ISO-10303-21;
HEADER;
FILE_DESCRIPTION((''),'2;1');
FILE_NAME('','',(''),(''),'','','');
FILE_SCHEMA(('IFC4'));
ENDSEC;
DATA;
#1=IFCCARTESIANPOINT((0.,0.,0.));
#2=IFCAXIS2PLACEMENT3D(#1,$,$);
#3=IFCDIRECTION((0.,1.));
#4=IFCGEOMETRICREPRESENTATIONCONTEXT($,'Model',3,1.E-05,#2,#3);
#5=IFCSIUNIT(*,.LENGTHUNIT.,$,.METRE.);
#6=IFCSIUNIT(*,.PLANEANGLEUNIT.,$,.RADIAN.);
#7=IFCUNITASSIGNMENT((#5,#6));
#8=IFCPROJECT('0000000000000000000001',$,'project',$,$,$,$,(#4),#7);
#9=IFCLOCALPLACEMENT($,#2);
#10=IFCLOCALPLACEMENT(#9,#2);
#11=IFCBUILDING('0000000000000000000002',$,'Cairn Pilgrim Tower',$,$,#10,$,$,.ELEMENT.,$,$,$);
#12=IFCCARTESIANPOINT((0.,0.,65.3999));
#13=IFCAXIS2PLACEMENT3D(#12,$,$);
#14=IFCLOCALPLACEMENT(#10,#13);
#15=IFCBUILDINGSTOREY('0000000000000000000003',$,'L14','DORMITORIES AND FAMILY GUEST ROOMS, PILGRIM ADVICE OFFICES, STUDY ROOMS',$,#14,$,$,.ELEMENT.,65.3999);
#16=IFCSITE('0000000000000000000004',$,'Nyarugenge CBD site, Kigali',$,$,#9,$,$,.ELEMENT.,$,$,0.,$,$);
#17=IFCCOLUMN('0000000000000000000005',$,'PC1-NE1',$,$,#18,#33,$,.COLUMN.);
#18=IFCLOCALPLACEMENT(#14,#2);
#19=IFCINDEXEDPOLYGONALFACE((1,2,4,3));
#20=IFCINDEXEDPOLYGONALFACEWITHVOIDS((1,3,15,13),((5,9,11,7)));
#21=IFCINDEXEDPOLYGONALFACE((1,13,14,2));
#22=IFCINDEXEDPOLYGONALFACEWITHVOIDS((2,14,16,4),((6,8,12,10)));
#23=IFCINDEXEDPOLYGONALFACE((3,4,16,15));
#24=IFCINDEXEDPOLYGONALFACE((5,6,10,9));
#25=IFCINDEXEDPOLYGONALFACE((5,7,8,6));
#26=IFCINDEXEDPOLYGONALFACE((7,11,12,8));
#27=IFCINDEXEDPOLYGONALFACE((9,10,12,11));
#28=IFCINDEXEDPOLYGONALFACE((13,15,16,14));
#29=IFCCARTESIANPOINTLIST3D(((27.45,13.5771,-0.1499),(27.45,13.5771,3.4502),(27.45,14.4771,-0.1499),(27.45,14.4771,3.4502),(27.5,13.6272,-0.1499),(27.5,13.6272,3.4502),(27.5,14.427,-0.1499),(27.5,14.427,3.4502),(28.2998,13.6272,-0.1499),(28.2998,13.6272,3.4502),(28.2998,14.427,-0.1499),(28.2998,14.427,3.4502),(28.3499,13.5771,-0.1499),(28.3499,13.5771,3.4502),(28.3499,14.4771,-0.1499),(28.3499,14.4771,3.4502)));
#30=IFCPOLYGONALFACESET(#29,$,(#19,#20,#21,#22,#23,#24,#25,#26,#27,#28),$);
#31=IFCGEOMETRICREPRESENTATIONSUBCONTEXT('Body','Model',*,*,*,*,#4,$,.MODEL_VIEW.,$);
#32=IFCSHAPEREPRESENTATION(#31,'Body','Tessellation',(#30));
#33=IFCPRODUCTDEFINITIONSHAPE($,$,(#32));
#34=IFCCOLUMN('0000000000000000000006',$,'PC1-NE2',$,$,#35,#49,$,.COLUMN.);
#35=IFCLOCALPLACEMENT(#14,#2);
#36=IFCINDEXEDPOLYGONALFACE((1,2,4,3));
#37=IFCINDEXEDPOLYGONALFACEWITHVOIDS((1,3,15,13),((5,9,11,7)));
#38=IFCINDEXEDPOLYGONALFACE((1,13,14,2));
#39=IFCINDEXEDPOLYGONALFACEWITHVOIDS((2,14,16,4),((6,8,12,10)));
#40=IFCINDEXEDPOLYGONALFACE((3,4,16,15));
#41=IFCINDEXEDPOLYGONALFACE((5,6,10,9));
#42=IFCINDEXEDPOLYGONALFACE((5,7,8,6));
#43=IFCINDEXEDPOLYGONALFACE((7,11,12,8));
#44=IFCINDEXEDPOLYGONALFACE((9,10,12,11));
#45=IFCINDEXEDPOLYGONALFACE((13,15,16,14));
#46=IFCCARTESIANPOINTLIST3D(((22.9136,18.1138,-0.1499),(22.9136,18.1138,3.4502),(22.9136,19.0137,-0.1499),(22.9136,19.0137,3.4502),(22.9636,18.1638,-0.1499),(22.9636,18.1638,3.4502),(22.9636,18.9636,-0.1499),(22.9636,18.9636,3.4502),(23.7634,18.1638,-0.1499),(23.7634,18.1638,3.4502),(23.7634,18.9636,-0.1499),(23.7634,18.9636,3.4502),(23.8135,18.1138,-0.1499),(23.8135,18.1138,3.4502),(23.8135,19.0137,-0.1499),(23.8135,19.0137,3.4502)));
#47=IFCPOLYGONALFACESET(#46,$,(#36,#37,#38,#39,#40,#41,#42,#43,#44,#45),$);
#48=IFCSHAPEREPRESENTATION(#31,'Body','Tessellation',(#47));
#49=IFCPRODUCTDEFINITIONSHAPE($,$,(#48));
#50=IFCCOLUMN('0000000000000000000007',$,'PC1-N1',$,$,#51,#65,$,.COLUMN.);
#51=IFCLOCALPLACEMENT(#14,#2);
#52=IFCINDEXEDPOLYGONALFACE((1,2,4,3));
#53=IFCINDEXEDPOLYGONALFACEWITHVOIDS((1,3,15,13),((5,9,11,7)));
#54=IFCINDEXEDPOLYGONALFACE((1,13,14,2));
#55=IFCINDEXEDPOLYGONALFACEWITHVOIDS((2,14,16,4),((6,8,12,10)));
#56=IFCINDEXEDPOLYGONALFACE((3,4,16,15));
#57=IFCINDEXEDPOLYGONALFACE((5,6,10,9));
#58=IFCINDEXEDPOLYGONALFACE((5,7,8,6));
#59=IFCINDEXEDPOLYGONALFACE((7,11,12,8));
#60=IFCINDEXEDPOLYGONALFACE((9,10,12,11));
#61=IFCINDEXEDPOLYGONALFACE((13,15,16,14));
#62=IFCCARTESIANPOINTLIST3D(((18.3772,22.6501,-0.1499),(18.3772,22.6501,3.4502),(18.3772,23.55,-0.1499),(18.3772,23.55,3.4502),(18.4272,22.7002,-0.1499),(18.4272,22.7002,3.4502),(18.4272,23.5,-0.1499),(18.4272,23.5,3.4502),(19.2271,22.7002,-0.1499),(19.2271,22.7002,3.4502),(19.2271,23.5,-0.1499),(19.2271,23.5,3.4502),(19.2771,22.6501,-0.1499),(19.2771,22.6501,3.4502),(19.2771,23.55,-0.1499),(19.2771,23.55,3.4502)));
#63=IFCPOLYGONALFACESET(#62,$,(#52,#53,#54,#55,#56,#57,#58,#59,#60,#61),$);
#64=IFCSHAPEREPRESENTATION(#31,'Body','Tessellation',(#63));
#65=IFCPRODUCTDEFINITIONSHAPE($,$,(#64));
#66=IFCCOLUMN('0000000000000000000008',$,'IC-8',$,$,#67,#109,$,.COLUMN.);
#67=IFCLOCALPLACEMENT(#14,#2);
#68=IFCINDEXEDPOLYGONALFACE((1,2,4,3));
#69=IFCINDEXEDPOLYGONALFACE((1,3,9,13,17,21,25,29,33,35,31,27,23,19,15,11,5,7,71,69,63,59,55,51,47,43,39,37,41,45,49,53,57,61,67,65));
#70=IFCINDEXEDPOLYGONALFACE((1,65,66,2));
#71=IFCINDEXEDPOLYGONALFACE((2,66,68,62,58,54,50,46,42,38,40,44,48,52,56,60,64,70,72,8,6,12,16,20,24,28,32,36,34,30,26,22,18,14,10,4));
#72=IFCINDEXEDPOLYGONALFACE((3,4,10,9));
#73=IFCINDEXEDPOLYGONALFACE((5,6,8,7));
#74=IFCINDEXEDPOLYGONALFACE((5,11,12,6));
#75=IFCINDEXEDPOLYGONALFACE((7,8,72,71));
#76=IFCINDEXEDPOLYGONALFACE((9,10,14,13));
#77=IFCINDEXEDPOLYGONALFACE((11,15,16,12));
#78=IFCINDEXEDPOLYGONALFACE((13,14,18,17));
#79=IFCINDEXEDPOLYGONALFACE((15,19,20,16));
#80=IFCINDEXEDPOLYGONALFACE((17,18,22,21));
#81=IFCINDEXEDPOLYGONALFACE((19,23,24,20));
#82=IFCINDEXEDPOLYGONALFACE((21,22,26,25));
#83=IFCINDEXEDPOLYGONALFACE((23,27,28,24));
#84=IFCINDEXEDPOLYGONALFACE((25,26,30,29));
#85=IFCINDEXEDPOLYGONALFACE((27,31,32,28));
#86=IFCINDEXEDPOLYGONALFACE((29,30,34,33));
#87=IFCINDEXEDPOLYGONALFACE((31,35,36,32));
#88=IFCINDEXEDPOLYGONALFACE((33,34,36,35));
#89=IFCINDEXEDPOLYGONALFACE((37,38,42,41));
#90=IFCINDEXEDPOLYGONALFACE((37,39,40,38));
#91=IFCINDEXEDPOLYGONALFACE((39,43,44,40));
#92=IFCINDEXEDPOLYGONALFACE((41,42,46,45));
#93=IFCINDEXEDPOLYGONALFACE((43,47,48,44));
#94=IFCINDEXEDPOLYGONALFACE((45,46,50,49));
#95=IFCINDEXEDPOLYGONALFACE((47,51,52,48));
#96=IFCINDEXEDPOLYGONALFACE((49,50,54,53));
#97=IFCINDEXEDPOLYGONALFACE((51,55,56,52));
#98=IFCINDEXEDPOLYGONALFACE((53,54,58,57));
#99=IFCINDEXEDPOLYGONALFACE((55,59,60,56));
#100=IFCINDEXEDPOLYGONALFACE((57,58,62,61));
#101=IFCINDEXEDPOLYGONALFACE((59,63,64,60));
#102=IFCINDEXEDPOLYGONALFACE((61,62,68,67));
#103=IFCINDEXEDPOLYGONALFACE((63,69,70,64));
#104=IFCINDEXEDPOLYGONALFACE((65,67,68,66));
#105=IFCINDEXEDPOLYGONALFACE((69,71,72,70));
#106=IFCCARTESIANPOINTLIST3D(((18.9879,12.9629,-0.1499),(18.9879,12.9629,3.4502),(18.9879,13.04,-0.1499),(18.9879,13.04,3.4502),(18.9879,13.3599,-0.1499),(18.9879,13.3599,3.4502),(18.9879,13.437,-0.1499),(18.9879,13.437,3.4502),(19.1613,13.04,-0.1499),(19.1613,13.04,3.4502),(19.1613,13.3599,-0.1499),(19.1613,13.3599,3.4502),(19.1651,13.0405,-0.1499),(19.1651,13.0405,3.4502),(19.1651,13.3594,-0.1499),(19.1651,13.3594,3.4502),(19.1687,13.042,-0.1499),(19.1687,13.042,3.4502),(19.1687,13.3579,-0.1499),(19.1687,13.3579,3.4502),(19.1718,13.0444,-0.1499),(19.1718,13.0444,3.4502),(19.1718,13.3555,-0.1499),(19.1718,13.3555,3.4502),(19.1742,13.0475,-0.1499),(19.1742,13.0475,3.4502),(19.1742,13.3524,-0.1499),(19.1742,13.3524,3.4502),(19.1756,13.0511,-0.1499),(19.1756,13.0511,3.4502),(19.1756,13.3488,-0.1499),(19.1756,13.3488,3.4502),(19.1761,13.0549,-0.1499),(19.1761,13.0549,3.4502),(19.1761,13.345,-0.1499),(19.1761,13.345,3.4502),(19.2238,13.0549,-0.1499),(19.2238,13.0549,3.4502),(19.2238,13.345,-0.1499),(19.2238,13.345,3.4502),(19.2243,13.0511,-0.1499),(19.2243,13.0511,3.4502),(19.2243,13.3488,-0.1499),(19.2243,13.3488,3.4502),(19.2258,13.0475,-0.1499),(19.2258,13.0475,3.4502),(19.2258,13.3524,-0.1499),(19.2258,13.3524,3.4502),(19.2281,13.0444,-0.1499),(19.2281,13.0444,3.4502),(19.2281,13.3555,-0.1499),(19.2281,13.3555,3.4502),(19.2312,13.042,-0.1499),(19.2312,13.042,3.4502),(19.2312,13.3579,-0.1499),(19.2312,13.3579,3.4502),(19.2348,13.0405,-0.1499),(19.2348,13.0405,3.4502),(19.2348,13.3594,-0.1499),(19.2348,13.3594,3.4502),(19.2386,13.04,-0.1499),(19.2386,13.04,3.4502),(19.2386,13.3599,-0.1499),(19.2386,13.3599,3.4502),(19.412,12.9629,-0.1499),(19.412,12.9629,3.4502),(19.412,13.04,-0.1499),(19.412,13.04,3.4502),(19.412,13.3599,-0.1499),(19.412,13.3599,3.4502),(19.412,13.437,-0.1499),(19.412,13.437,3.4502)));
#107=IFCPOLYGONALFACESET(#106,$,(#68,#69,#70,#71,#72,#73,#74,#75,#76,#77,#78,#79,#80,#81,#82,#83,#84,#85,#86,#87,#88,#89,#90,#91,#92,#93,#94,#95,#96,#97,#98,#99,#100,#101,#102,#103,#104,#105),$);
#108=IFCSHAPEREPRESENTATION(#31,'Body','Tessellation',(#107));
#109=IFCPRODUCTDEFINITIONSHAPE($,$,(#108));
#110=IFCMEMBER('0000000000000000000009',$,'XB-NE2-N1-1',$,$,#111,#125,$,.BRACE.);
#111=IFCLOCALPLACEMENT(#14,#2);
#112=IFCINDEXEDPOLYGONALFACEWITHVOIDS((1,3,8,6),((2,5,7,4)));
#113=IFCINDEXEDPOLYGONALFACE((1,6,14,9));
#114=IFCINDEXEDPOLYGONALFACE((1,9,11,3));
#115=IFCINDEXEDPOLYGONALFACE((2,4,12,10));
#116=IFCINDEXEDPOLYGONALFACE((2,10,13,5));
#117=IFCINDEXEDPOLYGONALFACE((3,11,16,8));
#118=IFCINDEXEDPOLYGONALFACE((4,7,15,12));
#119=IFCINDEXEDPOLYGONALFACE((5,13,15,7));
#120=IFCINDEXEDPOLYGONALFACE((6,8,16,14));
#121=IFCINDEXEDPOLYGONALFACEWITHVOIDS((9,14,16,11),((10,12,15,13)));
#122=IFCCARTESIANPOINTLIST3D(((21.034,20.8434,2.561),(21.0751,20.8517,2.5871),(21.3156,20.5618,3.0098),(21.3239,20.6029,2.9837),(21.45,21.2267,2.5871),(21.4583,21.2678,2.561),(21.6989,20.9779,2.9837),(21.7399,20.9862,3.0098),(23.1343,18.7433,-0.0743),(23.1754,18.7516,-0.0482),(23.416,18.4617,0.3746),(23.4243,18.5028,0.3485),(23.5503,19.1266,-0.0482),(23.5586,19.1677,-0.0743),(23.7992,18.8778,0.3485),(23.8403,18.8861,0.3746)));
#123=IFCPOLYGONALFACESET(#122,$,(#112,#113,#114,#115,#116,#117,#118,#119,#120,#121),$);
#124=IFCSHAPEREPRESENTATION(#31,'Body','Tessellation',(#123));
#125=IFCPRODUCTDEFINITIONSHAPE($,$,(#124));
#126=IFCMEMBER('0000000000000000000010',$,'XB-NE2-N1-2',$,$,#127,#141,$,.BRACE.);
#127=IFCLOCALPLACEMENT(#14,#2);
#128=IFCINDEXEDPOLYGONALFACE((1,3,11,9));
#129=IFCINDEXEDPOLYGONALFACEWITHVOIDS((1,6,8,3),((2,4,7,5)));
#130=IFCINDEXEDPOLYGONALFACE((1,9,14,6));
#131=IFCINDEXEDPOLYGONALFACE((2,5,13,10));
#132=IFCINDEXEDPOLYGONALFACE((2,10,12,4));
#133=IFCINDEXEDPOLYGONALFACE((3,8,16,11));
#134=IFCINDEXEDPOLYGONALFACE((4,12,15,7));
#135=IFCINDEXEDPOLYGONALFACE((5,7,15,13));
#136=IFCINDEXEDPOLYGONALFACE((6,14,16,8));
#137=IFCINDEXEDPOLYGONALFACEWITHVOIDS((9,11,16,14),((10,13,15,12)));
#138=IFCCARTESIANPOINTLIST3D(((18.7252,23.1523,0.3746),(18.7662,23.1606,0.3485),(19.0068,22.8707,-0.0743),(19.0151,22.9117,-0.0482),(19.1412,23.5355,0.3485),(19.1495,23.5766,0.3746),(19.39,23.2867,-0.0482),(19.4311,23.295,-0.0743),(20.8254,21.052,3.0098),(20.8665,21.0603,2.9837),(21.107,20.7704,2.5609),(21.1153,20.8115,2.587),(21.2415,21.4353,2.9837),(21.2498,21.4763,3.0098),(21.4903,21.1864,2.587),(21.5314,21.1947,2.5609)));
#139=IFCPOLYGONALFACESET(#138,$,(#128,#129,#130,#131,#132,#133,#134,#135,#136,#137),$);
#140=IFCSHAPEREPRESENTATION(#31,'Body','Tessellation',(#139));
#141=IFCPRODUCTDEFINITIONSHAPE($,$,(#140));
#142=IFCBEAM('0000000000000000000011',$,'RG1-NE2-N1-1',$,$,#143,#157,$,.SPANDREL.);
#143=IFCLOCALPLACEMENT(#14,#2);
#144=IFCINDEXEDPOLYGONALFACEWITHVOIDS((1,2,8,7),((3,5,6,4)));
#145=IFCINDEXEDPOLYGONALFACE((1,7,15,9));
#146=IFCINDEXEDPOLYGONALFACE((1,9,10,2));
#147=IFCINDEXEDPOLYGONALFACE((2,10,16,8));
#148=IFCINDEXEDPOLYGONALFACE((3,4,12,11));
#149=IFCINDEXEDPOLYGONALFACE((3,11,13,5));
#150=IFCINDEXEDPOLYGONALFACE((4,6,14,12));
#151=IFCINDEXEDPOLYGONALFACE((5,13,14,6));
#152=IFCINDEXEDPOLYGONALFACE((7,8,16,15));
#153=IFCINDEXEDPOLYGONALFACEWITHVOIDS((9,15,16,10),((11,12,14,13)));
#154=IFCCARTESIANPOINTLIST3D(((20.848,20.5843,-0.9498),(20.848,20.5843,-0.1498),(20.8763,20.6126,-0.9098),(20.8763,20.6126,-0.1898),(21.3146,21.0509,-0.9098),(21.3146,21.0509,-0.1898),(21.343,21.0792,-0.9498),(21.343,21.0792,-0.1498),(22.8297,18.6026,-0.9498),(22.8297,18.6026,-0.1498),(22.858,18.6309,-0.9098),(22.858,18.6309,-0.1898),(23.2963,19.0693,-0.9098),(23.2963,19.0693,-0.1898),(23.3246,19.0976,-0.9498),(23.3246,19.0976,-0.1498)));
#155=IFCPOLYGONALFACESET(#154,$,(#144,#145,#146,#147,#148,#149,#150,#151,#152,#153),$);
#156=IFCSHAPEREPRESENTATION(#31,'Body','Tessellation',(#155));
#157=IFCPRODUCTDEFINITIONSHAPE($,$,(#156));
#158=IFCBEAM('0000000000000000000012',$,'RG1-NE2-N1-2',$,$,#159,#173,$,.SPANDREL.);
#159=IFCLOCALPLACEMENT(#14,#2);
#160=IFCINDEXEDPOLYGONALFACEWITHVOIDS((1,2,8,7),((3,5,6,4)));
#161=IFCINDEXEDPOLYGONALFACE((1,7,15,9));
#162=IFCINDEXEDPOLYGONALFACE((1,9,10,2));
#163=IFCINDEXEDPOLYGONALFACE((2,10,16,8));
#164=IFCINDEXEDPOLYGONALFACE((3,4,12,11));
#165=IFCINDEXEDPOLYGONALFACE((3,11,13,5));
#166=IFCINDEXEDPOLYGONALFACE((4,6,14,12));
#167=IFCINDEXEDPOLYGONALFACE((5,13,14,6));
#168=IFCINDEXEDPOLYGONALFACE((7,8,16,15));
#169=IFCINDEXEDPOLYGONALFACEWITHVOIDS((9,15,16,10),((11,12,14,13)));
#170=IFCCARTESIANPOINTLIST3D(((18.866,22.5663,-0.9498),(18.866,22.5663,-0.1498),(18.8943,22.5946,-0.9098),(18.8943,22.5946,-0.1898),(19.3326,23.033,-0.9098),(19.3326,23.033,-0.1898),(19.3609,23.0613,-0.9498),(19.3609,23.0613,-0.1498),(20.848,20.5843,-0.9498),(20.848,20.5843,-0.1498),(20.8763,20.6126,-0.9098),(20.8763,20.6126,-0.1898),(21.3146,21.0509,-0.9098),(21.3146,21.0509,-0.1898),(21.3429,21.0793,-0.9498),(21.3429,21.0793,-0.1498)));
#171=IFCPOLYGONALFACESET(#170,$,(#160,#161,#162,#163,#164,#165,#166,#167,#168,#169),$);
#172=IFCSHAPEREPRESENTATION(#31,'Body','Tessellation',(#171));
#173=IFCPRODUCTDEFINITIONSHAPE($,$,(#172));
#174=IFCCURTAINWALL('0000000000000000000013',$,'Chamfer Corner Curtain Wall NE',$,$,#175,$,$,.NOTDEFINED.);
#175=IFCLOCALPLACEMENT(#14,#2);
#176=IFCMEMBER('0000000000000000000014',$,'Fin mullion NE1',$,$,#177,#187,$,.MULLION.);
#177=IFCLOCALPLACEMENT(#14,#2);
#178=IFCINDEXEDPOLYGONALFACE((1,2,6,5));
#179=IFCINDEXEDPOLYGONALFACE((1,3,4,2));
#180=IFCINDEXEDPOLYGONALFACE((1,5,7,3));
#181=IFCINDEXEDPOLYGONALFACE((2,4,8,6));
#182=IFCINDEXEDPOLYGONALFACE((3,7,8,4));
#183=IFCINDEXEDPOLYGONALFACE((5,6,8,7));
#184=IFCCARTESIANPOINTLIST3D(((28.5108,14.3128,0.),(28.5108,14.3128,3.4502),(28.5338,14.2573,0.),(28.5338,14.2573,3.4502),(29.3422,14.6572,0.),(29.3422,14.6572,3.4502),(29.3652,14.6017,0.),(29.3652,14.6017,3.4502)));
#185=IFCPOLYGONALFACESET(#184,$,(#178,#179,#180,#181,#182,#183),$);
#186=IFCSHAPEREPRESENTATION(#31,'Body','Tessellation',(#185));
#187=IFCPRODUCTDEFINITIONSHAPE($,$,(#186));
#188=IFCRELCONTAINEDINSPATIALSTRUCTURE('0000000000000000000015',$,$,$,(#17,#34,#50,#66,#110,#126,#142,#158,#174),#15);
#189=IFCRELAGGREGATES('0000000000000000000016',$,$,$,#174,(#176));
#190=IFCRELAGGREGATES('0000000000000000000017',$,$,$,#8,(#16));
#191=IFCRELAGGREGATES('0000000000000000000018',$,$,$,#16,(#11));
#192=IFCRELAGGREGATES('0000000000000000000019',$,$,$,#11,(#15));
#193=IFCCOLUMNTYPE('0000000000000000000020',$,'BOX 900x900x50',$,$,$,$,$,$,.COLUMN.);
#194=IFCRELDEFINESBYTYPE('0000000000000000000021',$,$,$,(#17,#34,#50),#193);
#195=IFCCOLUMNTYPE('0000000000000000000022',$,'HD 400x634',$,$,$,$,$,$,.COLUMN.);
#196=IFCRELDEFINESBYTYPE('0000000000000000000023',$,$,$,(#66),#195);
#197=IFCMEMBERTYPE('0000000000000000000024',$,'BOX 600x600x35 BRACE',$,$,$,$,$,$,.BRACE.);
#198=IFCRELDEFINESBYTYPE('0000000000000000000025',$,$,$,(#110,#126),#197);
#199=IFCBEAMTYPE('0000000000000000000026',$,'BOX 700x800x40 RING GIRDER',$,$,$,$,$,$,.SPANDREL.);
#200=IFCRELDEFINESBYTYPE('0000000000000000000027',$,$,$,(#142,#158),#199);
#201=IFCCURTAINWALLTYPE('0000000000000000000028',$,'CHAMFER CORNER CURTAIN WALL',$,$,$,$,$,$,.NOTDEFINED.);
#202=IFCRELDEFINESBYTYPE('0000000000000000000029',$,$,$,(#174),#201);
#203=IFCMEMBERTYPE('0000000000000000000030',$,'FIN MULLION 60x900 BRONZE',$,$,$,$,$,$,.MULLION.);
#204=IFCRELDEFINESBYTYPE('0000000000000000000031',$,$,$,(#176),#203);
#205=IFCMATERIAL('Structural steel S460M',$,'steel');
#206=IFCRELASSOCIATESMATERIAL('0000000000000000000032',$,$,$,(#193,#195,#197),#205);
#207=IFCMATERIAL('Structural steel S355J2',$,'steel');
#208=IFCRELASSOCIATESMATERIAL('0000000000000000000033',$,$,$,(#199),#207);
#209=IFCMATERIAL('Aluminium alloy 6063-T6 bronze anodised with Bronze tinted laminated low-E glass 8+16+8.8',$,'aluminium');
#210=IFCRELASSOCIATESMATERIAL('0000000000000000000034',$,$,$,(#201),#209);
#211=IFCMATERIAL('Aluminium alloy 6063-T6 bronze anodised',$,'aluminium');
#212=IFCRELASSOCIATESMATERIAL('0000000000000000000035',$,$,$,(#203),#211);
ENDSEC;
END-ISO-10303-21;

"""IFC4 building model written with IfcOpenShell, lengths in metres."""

from ifc_helpers import new_model, si_unit, direction, frame, origin, origin_2d, place, context, subcontext, project, spatial, rectangle, hollow_rectangle, i_section, extrude, material, material_profile, profile_set, type_object, element, aggregate, save


model = new_model("IFC4")

# Units and contexts
model_context = context("Model", 3, precision=1e-05, world=origin(), true_north=direction((0.0, 1.0)))
body_context = subcontext(model_context, "Body", "Model", "MODEL_VIEW")
ifc_project = project(units=[si_unit("LENGTHUNIT", "METRE"), si_unit("PLANEANGLEUNIT", "RADIAN")], contexts=[model_context])

# Site, building, storey
site_placement = place(None, origin())
site = spatial("IfcSite", under=ifc_project, at=site_placement, Name="Nyarugenge CBD site, Kigali", CompositionType="ELEMENT", RefElevation=0.0)
building_placement = place(site_placement, origin())
building = spatial("IfcBuilding", under=site, at=building_placement, Name="Cairn Pilgrim Tower", CompositionType="ELEMENT")
storey_placement = place(building_placement, frame((0.0, 0.0, 65.3999)))
storey = spatial("IfcBuildingStorey", under=building, at=storey_placement, Name="L14", Description="DORMITORIES AND FAMILY GUEST ROOMS, PILGRIM ADVICE OFFICES, STUDY ROOMS", CompositionType="ELEMENT", Elevation=65.3999)

# Columns
ifc_material_1 = material(Name="Structural steel S460M", Category="steel")
ifc_material_profile_1 = material_profile(ifc_material_1, hollow_rectangle(XDim=0.8999, YDim=0.8999, WallThickness=0.05, at=origin_2d()), Name="BOX 900x900x50")
ifc_profile_set_1 = profile_set([ifc_material_profile_1], Name="Structural steel S460M")
column_type_1 = type_object("IfcColumnType", Name="BOX 900x900x50", PredefinedType="COLUMN", material=ifc_profile_set_1)
for number, where, z_axis, x_axis, name in (
    (1, (27.8999, 14.0271, -0.1499), (0.0, 0.0, 1.0), (1.0, 0.0, 0.0), "PC1-NE1"),
    (2, (23.3635, 18.5637, -0.1499), (0.0, 0.0, 1.0), (1.0, 0.0, 0.0), "PC1-NE2"),
    (3, (18.8271, 23.1001, -0.1499), (0.0, 0.0, 1.0), (1.0, 0.0, 0.0), "PC1-N1"),
):
    element("IfcColumn", number, at=place(storey_placement, frame(where, z_axis=z_axis, x_axis=x_axis)), inside=storey, type_object=column_type_1, Name=name, PredefinedType="COLUMN", context=body_context, shape_type="SweptSolid", body=[
        extrude(hollow_rectangle(XDim=0.8999, YDim=0.8999, WallThickness=0.05, at=origin_2d()), origin(), (0.0, 0.0, 1.0), 3.6001),
    ])
ifc_material_profile_2 = material_profile(ifc_material_1, i_section(OverallWidth=0.4241, OverallDepth=0.4741, WebThickness=0.0476, FlangeThickness=0.0771, FilletRadius=0.0149, at=origin_2d()), Name="HD 400x634")
ifc_profile_set_2 = profile_set([ifc_material_profile_2], Name="Structural steel S460M")
column_type_2 = type_object("IfcColumnType", Name="HD 400x634", PredefinedType="COLUMN", material=ifc_profile_set_2)
column_placement = place(storey_placement, frame((19.2, 13.2, -0.1499), z_axis=(0.0, 0.0, 1.0), x_axis=(1.0, 0.0, 0.0)))
element("IfcColumn", 4, at=column_placement, inside=storey, type_object=column_type_2, Name="IC-8", PredefinedType="COLUMN", context=body_context, shape_type="SweptSolid", body=[
    extrude(i_section(OverallWidth=0.4241, OverallDepth=0.4741, WebThickness=0.0476, FlangeThickness=0.0771, FilletRadius=0.0149, at=origin_2d()), origin(), (0.0, 0.0, 1.0), 3.6001),
])

# Members
ifc_material_profile_3 = material_profile(ifc_material_1, hollow_rectangle(XDim=0.6001, YDim=0.6001, WallThickness=0.0349, at=origin_2d()), Name="BOX 600x600x35")
ifc_profile_set_3 = profile_set([ifc_material_profile_3], Name="Structural steel S460M")
member_type_1 = type_object("IfcMemberType", Name="BOX 600x600x35 BRACE", PredefinedType="BRACE", material=ifc_profile_set_3)
for number, where, z_axis, x_axis, name in (
    (5, (23.4873, 18.8147, 0.1501), (-0.528961, 0.528899, 0.663676), (-0.707066, -0.707148, 0.0), "XB-NE2-N1-1"),
    (6, (19.0781, 23.2236, 0.1501), (0.528944, -0.528944, 0.663654), (0.707107, 0.707107, 0.0), "XB-NE2-N1-2"),
):
    element("IfcMember", number, at=place(storey_placement, frame(where, z_axis=z_axis, x_axis=x_axis)), inside=storey, type_object=member_type_1, Name=name, PredefinedType="BRACE", context=body_context, shape_type="SweptSolid", body=[
        extrude(hollow_rectangle(XDim=0.6001, YDim=0.6001, WallThickness=0.0349, at=origin_2d()), origin(), (0.0, 0.0, 1.0), 3.9707),
    ])

# Beams
ifc_material_2 = material(Name="Structural steel S355J2", Category="steel")
ifc_material_profile_4 = material_profile(ifc_material_2, hollow_rectangle(XDim=0.7, YDim=0.8, WallThickness=0.04, at=origin_2d()), Name="BOX 700x800x40")
ifc_profile_set_4 = profile_set([ifc_material_profile_4], Name="Structural steel S355J2")
beam_type_1 = type_object("IfcBeamType", Name="BOX 700x800x40 RING GIRDER", PredefinedType="SPANDREL", material=ifc_profile_set_4)
beam_1_placement = place(storey_placement, frame((23.0771, 18.8501, -0.5498), z_axis=(-0.707107, 0.707107, 0.0), x_axis=(-0.707107, -0.707107, 0.0)))
element("IfcBeam", 7, at=beam_1_placement, inside=storey, type_object=beam_type_1, Name="RG1-NE2-N1-1", PredefinedType="SPANDREL", context=body_context, shape_type="SweptSolid", body=[
    extrude(hollow_rectangle(XDim=0.7, YDim=0.8, WallThickness=0.04, at=origin_2d()), origin(), (0.0, 0.0, 1.0), 2.8025),
])
beam_2_placement = place(storey_placement, frame((21.0955, 20.8318, -0.5498), z_axis=(-0.707107, 0.707107, 0.0), x_axis=(-0.707107, -0.707107, 0.0)))
element("IfcBeam", 8, at=beam_2_placement, inside=storey, type_object=beam_type_1, Name="RG1-NE2-N1-2", PredefinedType="SPANDREL", context=body_context, shape_type="SweptSolid", body=[
    extrude(hollow_rectangle(XDim=0.7, YDim=0.8, WallThickness=0.04, at=origin_2d()), origin(), (0.0, 0.0, 1.0), 2.803),
])

# Curtain wall, member
ifc_material_3 = material(Name="Aluminium alloy 6063-T6 bronze anodised with Bronze tinted laminated low-E glass 8+16+8.8", Category="aluminium")
curtain_wall_type_1 = type_object("IfcCurtainWallType", Name="CHAMFER CORNER CURTAIN WALL", PredefinedType="NOTDEFINED", material=ifc_material_3)
curtain_wall_1_placement = place(storey_placement, origin())
curtain_wall_1 = element("IfcCurtainWall", 9, at=curtain_wall_1_placement, inside=storey, type_object=curtain_wall_type_1, Name="Chamfer Corner Curtain Wall NE", PredefinedType="NOTDEFINED")
ifc_material_4 = material(Name="Aluminium alloy 6063-T6 bronze anodised", Category="aluminium")
ifc_material_profile_5 = material_profile(ifc_material_4, rectangle(XDim=0.8999, YDim=0.0601, at=origin_2d()), Name="FIN MULLION 60x900 BRONZE")
ifc_profile_set_5 = profile_set([ifc_material_profile_5], Name="Aluminium alloy 6063-T6 bronze anodised")
member_type_2 = type_object("IfcMemberType", Name="FIN MULLION 60x900 BRONZE", PredefinedType="MULLION", material=ifc_profile_set_5)
member_1_placement = place(storey_placement, frame((28.938, 14.4573, 0.0), z_axis=(0.0, 0.0, 1.0), x_axis=(0.92388, 0.382683, 0.0)))
member_1 = element("IfcMember", 10, at=member_1_placement, type_object=member_type_2, Name="Fin mullion NE1", PredefinedType="MULLION", context=body_context, shape_type="SweptSolid", body=[
    extrude(rectangle(XDim=0.8999, YDim=0.0601, at=origin_2d()), origin(), (0.0, 0.0, 1.0), 3.4502),
])

aggregate(curtain_wall_1, [member_1])

save(model, "model.ifc")
